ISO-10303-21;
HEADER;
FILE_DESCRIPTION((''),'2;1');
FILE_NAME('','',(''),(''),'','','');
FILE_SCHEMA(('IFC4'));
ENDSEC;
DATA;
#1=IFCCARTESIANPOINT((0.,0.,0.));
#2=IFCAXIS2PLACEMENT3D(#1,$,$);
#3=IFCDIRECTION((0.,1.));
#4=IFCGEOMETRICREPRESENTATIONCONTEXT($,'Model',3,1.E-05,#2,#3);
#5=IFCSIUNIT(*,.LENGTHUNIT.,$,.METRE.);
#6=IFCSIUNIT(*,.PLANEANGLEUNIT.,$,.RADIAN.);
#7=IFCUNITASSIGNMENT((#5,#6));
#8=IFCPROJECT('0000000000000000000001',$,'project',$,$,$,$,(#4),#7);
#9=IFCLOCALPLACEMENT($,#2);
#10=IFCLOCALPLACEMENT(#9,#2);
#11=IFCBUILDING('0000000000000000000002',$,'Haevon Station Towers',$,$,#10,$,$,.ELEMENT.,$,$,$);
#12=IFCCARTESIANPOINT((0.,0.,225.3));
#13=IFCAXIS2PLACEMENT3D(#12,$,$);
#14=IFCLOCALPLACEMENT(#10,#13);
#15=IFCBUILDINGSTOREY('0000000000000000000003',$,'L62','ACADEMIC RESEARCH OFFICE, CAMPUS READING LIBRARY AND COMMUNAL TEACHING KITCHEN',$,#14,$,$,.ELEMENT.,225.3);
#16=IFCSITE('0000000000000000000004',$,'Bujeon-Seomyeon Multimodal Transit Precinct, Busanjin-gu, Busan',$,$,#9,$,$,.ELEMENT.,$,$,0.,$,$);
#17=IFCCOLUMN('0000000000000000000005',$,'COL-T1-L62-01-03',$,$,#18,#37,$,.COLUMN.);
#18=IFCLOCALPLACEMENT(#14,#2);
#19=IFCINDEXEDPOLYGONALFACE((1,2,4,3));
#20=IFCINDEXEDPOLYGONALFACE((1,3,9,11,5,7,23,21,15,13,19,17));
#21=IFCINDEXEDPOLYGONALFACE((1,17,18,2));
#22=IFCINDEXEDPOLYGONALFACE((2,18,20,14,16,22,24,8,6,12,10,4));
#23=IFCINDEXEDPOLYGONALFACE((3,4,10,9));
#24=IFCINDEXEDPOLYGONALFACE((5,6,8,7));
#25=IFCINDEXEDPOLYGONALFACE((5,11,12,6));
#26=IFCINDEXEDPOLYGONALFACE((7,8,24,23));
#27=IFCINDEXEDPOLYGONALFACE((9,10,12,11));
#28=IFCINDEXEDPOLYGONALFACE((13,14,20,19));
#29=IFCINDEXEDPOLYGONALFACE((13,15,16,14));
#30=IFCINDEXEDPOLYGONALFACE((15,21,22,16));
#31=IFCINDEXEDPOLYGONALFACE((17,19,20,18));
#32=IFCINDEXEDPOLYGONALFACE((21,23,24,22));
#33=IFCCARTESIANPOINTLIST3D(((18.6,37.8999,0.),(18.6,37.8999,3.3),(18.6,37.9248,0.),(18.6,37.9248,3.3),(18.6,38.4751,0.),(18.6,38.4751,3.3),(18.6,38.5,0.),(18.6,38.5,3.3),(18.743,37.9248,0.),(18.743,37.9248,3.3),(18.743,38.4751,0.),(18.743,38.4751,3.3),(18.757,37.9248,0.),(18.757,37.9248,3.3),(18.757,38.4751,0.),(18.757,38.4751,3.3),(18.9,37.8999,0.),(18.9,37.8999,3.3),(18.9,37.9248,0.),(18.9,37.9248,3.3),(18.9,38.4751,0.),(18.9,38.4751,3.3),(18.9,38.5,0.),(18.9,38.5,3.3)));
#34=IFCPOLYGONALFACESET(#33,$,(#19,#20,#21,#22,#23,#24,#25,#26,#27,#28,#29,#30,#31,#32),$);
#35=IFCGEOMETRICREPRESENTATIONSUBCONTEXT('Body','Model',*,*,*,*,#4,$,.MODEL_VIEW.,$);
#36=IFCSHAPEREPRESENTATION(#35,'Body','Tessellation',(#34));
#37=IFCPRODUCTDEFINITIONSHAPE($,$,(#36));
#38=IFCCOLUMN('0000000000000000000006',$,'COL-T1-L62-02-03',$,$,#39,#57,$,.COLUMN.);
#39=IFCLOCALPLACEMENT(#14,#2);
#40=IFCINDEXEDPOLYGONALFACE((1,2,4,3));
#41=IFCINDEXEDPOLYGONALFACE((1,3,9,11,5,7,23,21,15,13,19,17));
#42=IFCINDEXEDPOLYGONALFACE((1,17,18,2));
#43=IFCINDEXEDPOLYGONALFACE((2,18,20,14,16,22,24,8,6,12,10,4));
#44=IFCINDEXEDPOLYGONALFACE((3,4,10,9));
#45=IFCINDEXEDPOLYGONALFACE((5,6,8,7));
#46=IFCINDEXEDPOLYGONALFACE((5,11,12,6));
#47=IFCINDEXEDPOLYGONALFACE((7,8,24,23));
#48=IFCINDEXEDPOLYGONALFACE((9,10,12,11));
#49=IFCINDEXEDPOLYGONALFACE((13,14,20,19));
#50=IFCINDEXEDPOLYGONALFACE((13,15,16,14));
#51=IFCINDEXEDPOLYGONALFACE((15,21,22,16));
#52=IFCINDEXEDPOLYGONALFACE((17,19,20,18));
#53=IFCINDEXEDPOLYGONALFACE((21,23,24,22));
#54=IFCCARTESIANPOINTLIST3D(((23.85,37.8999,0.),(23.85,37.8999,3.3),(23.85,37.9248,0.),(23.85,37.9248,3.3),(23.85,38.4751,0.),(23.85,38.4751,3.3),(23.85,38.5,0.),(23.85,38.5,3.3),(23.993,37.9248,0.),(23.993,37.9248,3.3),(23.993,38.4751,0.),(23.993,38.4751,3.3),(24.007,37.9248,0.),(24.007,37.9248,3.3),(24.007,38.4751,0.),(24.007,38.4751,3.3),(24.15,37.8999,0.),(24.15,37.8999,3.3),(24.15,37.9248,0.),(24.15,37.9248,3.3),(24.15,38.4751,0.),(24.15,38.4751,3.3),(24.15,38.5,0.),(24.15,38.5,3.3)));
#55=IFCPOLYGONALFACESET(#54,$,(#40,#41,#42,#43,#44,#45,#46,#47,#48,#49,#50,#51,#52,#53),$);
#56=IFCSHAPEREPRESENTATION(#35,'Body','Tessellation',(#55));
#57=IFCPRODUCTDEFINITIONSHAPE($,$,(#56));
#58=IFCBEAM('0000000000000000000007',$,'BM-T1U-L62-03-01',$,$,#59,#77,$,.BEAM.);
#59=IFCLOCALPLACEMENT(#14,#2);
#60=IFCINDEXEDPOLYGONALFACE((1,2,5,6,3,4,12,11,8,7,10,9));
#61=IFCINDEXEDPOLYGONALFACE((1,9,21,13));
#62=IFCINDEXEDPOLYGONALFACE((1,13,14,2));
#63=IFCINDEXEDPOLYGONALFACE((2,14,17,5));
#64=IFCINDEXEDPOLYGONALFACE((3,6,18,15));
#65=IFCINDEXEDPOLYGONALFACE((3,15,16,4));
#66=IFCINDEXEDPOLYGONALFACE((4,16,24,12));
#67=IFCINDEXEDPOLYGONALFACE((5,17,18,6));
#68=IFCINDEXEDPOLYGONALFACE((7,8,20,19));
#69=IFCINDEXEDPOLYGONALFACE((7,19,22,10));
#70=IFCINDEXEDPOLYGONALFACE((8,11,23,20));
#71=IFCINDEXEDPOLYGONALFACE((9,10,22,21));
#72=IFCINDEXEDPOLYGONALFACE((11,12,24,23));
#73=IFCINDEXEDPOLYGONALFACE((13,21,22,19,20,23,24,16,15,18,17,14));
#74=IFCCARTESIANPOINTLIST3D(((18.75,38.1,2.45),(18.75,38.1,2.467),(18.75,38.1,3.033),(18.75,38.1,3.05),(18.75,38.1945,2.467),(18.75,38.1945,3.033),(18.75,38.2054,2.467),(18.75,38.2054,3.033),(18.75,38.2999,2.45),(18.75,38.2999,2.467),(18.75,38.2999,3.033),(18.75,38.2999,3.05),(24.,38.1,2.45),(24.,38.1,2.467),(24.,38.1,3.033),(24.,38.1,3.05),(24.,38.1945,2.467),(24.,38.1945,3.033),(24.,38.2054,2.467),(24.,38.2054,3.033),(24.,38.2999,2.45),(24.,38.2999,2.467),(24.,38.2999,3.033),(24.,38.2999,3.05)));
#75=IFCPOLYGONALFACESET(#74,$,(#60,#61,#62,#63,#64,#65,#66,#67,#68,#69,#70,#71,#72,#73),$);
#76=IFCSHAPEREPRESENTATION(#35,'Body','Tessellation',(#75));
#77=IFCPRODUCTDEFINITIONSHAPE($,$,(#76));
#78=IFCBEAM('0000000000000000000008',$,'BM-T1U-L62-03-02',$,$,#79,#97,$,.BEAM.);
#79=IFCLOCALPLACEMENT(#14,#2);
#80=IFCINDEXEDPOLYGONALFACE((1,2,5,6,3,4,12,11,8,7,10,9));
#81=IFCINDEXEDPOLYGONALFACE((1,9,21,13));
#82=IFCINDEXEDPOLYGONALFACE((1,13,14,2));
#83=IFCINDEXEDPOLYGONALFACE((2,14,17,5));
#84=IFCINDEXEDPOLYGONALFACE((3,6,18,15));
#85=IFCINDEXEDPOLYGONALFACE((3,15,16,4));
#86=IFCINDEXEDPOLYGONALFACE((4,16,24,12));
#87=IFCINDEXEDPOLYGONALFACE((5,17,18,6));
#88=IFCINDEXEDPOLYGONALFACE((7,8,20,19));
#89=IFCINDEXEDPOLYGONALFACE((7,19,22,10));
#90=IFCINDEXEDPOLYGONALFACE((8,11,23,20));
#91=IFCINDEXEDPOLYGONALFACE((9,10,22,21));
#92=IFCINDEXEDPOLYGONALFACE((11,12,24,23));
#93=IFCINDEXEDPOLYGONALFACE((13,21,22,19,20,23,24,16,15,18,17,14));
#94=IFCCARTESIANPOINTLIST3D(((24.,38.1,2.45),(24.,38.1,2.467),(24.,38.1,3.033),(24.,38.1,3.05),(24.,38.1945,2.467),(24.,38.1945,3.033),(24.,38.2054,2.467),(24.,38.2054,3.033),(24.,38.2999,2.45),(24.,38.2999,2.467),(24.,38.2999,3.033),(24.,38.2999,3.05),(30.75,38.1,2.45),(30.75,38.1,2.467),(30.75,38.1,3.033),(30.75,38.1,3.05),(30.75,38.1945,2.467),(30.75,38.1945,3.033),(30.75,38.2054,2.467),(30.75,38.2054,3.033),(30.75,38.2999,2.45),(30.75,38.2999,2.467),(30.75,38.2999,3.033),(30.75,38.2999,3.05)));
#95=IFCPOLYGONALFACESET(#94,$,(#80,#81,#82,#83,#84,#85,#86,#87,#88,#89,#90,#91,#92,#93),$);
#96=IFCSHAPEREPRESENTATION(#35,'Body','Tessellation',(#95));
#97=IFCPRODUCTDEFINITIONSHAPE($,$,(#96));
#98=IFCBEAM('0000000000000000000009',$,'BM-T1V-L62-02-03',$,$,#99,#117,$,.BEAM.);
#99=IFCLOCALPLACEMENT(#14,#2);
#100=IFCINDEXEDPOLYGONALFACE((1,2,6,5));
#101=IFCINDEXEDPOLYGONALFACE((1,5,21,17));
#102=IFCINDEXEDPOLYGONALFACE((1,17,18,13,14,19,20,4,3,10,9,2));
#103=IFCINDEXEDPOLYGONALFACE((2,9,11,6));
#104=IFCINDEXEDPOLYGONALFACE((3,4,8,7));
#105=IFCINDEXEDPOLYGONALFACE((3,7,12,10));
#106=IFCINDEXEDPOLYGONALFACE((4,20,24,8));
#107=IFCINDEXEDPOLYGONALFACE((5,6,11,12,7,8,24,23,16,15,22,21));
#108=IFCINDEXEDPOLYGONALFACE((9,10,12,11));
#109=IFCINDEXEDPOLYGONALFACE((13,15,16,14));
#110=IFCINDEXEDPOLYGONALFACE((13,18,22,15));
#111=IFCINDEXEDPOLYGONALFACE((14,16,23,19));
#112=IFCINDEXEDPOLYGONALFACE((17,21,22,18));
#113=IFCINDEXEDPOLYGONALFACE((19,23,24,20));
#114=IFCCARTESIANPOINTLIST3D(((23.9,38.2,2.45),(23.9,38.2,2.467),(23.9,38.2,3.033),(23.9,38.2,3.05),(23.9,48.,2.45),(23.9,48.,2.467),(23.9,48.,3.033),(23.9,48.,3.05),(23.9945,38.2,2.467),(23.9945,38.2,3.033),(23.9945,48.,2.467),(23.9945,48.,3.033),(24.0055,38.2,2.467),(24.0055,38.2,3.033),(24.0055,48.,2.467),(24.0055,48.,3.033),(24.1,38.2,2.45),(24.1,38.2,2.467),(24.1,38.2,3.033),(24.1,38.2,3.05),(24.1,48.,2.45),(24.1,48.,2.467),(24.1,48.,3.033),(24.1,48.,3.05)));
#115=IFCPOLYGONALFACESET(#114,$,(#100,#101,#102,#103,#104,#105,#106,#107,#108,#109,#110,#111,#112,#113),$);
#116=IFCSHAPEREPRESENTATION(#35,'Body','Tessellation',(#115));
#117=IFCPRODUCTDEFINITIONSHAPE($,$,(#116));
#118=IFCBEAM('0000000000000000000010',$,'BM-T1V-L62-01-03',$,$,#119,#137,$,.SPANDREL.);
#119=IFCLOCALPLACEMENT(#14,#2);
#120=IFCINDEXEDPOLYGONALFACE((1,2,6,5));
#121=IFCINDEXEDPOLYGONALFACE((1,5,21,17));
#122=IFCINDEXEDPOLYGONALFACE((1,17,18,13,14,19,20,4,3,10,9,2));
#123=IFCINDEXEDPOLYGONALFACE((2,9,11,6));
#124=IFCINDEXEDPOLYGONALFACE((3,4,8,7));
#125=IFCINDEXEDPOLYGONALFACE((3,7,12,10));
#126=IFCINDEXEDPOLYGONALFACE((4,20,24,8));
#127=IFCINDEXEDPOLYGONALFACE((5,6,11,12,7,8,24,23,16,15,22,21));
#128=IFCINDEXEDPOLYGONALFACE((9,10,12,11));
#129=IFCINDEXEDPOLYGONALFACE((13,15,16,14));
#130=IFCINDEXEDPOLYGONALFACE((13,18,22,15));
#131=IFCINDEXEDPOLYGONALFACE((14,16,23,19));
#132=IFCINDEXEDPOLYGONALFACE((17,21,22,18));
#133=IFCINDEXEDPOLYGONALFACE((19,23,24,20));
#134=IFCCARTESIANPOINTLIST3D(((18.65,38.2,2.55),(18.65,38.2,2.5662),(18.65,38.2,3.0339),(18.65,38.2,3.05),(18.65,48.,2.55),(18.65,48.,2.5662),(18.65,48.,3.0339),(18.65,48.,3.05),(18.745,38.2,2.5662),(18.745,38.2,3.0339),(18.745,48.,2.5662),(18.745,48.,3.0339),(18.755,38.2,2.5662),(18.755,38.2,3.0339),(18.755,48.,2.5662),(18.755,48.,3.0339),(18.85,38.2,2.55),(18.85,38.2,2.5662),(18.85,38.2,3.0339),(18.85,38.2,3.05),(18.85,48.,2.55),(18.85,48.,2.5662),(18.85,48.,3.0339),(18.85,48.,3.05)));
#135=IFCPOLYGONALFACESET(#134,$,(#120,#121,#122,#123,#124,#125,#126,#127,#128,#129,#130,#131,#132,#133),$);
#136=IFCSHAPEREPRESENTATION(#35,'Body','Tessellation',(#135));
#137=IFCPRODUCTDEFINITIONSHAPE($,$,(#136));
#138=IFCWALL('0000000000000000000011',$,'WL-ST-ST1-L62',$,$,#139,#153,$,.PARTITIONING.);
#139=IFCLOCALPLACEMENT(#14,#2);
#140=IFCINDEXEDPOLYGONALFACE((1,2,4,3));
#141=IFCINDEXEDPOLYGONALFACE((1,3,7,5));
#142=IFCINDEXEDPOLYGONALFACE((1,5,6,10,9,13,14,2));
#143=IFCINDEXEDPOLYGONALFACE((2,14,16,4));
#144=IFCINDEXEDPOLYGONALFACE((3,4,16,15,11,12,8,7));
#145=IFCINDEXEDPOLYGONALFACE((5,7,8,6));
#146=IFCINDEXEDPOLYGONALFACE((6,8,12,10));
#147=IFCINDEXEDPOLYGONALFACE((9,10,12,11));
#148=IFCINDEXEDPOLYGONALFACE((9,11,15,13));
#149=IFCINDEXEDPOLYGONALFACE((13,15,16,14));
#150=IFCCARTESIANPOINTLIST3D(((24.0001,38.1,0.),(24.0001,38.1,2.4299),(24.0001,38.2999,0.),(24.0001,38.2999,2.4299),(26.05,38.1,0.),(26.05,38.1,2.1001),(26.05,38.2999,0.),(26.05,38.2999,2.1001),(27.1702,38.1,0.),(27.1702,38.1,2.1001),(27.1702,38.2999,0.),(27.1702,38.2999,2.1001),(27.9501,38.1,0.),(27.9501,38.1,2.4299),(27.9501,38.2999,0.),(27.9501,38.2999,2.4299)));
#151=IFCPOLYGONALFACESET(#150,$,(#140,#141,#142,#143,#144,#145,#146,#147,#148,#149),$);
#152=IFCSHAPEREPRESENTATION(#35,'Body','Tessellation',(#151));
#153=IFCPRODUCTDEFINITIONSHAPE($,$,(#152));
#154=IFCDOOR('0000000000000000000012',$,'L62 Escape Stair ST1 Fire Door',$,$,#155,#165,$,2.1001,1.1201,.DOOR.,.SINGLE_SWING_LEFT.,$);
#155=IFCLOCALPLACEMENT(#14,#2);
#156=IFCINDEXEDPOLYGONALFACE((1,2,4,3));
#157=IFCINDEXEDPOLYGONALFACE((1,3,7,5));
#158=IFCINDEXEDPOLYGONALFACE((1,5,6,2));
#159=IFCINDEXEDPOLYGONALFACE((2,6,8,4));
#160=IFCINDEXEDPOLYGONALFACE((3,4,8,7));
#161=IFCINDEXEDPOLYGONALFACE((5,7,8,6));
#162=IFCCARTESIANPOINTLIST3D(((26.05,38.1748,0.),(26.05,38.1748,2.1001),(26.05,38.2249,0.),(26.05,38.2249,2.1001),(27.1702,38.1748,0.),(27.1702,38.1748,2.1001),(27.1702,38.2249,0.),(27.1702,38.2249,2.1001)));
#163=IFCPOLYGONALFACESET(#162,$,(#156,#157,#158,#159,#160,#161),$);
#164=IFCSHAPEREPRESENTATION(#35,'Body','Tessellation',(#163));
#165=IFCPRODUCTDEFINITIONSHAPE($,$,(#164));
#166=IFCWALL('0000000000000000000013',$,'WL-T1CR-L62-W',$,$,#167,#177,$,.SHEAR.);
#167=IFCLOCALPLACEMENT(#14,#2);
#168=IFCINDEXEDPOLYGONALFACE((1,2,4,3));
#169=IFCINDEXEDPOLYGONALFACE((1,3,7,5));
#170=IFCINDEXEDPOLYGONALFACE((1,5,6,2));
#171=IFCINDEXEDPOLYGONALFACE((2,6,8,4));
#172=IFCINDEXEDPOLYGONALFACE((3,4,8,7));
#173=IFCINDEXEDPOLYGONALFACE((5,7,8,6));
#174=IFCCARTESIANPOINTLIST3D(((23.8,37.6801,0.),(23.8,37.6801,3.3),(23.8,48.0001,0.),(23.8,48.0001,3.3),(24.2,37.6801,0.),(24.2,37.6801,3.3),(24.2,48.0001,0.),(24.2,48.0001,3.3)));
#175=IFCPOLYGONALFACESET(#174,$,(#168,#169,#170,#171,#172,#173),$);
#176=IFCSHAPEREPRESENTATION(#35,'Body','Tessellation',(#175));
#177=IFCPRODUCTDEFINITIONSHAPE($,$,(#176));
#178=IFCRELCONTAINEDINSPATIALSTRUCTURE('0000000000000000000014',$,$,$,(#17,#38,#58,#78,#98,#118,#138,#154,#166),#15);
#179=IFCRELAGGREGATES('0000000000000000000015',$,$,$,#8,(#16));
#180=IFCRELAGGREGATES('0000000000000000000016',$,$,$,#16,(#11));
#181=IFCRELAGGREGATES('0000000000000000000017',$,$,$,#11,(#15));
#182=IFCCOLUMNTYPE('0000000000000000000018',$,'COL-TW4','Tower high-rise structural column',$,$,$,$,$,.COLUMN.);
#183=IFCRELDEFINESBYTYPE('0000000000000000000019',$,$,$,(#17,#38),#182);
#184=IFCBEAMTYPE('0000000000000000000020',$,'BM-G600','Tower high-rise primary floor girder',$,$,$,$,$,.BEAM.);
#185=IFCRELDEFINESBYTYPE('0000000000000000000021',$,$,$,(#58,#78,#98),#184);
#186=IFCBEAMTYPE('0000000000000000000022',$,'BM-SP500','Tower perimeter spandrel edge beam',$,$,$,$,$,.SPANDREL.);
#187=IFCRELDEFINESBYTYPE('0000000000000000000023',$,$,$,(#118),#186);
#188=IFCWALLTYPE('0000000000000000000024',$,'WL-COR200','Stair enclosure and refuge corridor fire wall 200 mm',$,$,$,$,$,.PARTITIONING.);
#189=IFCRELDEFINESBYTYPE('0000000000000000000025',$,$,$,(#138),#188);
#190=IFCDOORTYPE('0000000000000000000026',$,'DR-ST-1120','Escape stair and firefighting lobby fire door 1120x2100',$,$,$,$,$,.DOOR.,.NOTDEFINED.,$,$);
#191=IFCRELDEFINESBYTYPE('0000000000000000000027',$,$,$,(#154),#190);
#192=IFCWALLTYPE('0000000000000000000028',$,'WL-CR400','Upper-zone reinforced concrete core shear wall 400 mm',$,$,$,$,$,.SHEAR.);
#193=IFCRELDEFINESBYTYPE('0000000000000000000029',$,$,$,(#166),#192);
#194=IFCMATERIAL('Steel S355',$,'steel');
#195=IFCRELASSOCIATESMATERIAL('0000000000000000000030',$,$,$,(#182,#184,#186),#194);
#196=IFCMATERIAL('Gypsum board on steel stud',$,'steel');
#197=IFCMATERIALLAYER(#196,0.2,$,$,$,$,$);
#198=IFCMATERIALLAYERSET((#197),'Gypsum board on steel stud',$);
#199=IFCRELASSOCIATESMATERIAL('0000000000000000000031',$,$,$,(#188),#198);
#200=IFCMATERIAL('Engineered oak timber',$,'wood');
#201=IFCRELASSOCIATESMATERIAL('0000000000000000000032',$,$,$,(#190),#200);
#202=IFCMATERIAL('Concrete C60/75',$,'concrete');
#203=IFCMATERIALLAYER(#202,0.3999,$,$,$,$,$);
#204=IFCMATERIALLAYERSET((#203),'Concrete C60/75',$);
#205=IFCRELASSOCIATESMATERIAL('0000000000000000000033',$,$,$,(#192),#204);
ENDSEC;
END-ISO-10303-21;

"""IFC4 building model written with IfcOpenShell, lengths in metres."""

from ifc_helpers import new_model, si_unit, direction, frame, frame_2d, origin, origin_2d, place, context, subcontext, project, spatial, rectangle, i_section, extrude, material, layer, layer_set, material_profile, profile_set, type_object, element, fill, save


model = new_model("IFC4")

# Units and contexts
model_context = context("Model", 3, precision=1e-05, world=origin(), true_north=direction((0.0, 1.0)))
body_context = subcontext(model_context, "Body", "Model", "MODEL_VIEW")
ifc_project = project(units=[si_unit("LENGTHUNIT", "METRE"), si_unit("PLANEANGLEUNIT", "RADIAN")], contexts=[model_context])

# Site, building, storey
site_placement = place(None, origin())
site = spatial("IfcSite", under=ifc_project, at=site_placement, Name="Bujeon-Seomyeon Multimodal Transit Precinct, Busanjin-gu, Busan", CompositionType="ELEMENT", RefElevation=0.0)
building_placement = place(site_placement, origin())
building = spatial("IfcBuilding", under=site, at=building_placement, Name="Haevon Station Towers", CompositionType="ELEMENT")
storey_placement = place(building_placement, frame((0.0, 0.0, 225.3)))
storey = spatial("IfcBuildingStorey", under=building, at=storey_placement, Name="L62", Description="ACADEMIC RESEARCH OFFICE, CAMPUS READING LIBRARY AND COMMUNAL TEACHING KITCHEN", CompositionType="ELEMENT", Elevation=225.3)

# Columns
ifc_material_1 = material(Name="Steel S355", Category="steel")
ifc_material_profile_1 = material_profile(ifc_material_1, i_section(OverallWidth=0.3, OverallDepth=0.6001, WebThickness=0.0139, FlangeThickness=0.0249, at=origin_2d()), Name="H-600x300x14x25")
ifc_profile_set_1 = profile_set([ifc_material_profile_1], Name="Steel S355")
column_type = type_object("IfcColumnType", Name="COL-TW4", Description="Tower high-rise structural column", PredefinedType="COLUMN", material=ifc_profile_set_1)
for number, where, z_axis, x_axis, name in (
    (1, (18.75, 38.2, 0.0), (0.0, 0.0, 1.0), (1.0, 0.0, 0.0), "COL-T1-L62-01-03"),
    (2, (24.0, 38.2, 0.0), (0.0, 0.0, 1.0), (1.0, 0.0, 0.0), "COL-T1-L62-02-03"),
):
    element("IfcColumn", number, at=place(storey_placement, frame(where, z_axis=z_axis, x_axis=x_axis)), inside=storey, type_object=column_type, Name=name, PredefinedType="COLUMN", context=body_context, shape_type="SweptSolid", body=[
        extrude(i_section(OverallWidth=0.3, OverallDepth=0.6001, WebThickness=0.0139, FlangeThickness=0.0249, at=origin_2d()), origin(), (0.0, 0.0, 1.0), 3.3),
    ])

# Beams
ifc_material_profile_2 = material_profile(ifc_material_1, i_section(OverallWidth=0.2, OverallDepth=0.6001, WebThickness=0.011, FlangeThickness=0.0171, at=origin_2d()), Name="H-600x200x11x17")
ifc_profile_set_2 = profile_set([ifc_material_profile_2], Name="Steel S355")
beam_type_1 = type_object("IfcBeamType", Name="BM-G600", Description="Tower high-rise primary floor girder", PredefinedType="BEAM", material=ifc_profile_set_2)
beam_1_placement = place(storey_placement, frame((18.75, 38.2, 2.75), z_axis=(1.0, 0.0, 0.0), x_axis=(0.0, 1.0, 0.0)))
element("IfcBeam", 3, at=beam_1_placement, inside=storey, type_object=beam_type_1, Name="BM-T1U-L62-03-01", PredefinedType="BEAM", context=body_context, shape_type="SweptSolid", body=[
    extrude(i_section(OverallWidth=0.2, OverallDepth=0.6001, WebThickness=0.011, FlangeThickness=0.0171, at=origin_2d()), origin(), (0.0, 0.0, 1.0), 5.25),
])
beam_2_placement = place(storey_placement, frame((24.0, 38.2, 2.75), z_axis=(1.0, 0.0, 0.0), x_axis=(0.0, 1.0, 0.0)))
element("IfcBeam", 4, at=beam_2_placement, inside=storey, type_object=beam_type_1, Name="BM-T1U-L62-03-02", PredefinedType="BEAM", context=body_context, shape_type="SweptSolid", body=[
    extrude(i_section(OverallWidth=0.2, OverallDepth=0.6001, WebThickness=0.011, FlangeThickness=0.0171, at=origin_2d()), origin(), (0.0, 0.0, 1.0), 6.75),
])
beam_3_placement = place(storey_placement, frame((24.0, 38.2, 2.75), z_axis=(0.0, 1.0, 0.0), x_axis=(-1.0, 0.0, 0.0)))
element("IfcBeam", 5, at=beam_3_placement, inside=storey, type_object=beam_type_1, Name="BM-T1V-L62-02-03", PredefinedType="BEAM", context=body_context, shape_type="SweptSolid", body=[
    extrude(i_section(OverallWidth=0.2, OverallDepth=0.6001, WebThickness=0.011, FlangeThickness=0.0171, at=origin_2d()), origin(), (0.0, 0.0, 1.0), 9.8),
])
ifc_material_profile_3 = material_profile(ifc_material_1, i_section(OverallWidth=0.2, OverallDepth=0.5, WebThickness=0.01, FlangeThickness=0.0161, at=origin_2d()), Name="H-500x200x10x16")
ifc_profile_set_3 = profile_set([ifc_material_profile_3], Name="Steel S355")
beam_type_2 = type_object("IfcBeamType", Name="BM-SP500", Description="Tower perimeter spandrel edge beam", PredefinedType="SPANDREL", material=ifc_profile_set_3)
beam_4_placement = place(storey_placement, frame((18.75, 38.2, 2.8), z_axis=(0.0, 1.0, 0.0), x_axis=(-1.0, 0.0, 0.0)))
element("IfcBeam", 6, at=beam_4_placement, inside=storey, type_object=beam_type_2, Name="BM-T1V-L62-01-03", PredefinedType="SPANDREL", context=body_context, shape_type="SweptSolid", body=[
    extrude(i_section(OverallWidth=0.2, OverallDepth=0.5, WebThickness=0.01, FlangeThickness=0.0161, at=origin_2d()), origin(), (0.0, 0.0, 1.0), 9.8),
])

# Wall, opening, door
ifc_material_2 = material(Name="Gypsum board on steel stud", Category="steel")
ifc_layer_1 = layer(ifc_material_2, 0.2)
ifc_layer_set_1 = layer_set([ifc_layer_1], Name="Gypsum board on steel stud")
wall_type_1 = type_object("IfcWallType", Name="WL-COR200", Description="Stair enclosure and refuge corridor fire wall 200 mm", PredefinedType="PARTITIONING", material=ifc_layer_set_1)
wall_1_placement = place(storey_placement, frame((24.0, 38.2, 0.0), z_axis=(0.0, 0.0, 1.0), x_axis=(1.0, 0.0, 0.0)))
wall_1 = element("IfcWall", 7, at=wall_1_placement, inside=storey, type_object=wall_type_1, Name="WL-ST-ST1-L62", PredefinedType="PARTITIONING", context=body_context, shape_type="SweptSolid", body=[
    extrude(rectangle(XDim=3.95, YDim=0.2, at=frame_2d((1.9751, 0.0))), origin(), (0.0, 0.0, 1.0), 2.4299),
])
opening_1_placement = place(wall_1_placement, frame((2.05, 0.0, 0.0)))
opening_1 = element("IfcOpeningElement", 8, at=opening_1_placement, cuts=wall_1, PredefinedType="OPENING", context=body_context, shape_type="SweptSolid", body=[
    extrude(rectangle(XDim=1.1201, YDim=2.1001, at=frame_2d((0.5601, 1.05))), frame((0.0, 0.1099, 0.0), z_axis=(0.0, -1.0, 0.0), x_axis=(1.0, 0.0, 0.0)), (0.0, 0.0, 1.0), 0.22),
])
ifc_material_3 = material(Name="Engineered oak timber", Category="wood")
door_type_1 = type_object("IfcDoorType", Name="DR-ST-1120", Description="Escape stair and firefighting lobby fire door 1120x2100", OperationType="NOTDEFINED", PredefinedType="DOOR", material=ifc_material_3)
door_1_placement = place(opening_1_placement, origin())
door_1 = element("IfcDoor", 9, at=door_1_placement, inside=storey, type_object=door_type_1, Name="L62 Escape Stair ST1 Fire Door", OperationType="SINGLE_SWING_LEFT", OverallHeight=2.1001, OverallWidth=1.1201, PredefinedType="DOOR", context=body_context, shape_type="SweptSolid", body=[
    extrude(rectangle(XDim=1.1201, YDim=2.1001, at=frame_2d((0.5601, 1.05))), frame((0.0, 0.0249, 0.0), z_axis=(0.0, -1.0, 0.0), x_axis=(1.0, 0.0, 0.0)), (0.0, 0.0, 1.0), 0.05),
])
fill(opening_1, door_1)

# Wall
ifc_material_4 = material(Name="Concrete C60/75", Category="concrete")
ifc_layer_2 = layer(ifc_material_4, 0.3999)
ifc_layer_set_2 = layer_set([ifc_layer_2], Name="Concrete C60/75")
wall_type_2 = type_object("IfcWallType", Name="WL-CR400", Description="Upper-zone reinforced concrete core shear wall 400 mm", PredefinedType="SHEAR", material=ifc_layer_set_2)
wall_2_placement = place(storey_placement, frame((24.0, 37.6799, 0.0), z_axis=(0.0, 0.0, 1.0), x_axis=(0.0, 1.0, 0.0)))
element("IfcWall", 10, at=wall_2_placement, inside=storey, type_object=wall_type_2, Name="WL-T1CR-L62-W", PredefinedType="SHEAR", context=body_context, shape_type="SweptSolid", body=[
    extrude(rectangle(XDim=10.3201, YDim=0.3999, at=frame_2d((5.1602, 0.0))), origin(), (0.0, 0.0, 1.0), 3.3),
])

save(model, "model.ifc")
